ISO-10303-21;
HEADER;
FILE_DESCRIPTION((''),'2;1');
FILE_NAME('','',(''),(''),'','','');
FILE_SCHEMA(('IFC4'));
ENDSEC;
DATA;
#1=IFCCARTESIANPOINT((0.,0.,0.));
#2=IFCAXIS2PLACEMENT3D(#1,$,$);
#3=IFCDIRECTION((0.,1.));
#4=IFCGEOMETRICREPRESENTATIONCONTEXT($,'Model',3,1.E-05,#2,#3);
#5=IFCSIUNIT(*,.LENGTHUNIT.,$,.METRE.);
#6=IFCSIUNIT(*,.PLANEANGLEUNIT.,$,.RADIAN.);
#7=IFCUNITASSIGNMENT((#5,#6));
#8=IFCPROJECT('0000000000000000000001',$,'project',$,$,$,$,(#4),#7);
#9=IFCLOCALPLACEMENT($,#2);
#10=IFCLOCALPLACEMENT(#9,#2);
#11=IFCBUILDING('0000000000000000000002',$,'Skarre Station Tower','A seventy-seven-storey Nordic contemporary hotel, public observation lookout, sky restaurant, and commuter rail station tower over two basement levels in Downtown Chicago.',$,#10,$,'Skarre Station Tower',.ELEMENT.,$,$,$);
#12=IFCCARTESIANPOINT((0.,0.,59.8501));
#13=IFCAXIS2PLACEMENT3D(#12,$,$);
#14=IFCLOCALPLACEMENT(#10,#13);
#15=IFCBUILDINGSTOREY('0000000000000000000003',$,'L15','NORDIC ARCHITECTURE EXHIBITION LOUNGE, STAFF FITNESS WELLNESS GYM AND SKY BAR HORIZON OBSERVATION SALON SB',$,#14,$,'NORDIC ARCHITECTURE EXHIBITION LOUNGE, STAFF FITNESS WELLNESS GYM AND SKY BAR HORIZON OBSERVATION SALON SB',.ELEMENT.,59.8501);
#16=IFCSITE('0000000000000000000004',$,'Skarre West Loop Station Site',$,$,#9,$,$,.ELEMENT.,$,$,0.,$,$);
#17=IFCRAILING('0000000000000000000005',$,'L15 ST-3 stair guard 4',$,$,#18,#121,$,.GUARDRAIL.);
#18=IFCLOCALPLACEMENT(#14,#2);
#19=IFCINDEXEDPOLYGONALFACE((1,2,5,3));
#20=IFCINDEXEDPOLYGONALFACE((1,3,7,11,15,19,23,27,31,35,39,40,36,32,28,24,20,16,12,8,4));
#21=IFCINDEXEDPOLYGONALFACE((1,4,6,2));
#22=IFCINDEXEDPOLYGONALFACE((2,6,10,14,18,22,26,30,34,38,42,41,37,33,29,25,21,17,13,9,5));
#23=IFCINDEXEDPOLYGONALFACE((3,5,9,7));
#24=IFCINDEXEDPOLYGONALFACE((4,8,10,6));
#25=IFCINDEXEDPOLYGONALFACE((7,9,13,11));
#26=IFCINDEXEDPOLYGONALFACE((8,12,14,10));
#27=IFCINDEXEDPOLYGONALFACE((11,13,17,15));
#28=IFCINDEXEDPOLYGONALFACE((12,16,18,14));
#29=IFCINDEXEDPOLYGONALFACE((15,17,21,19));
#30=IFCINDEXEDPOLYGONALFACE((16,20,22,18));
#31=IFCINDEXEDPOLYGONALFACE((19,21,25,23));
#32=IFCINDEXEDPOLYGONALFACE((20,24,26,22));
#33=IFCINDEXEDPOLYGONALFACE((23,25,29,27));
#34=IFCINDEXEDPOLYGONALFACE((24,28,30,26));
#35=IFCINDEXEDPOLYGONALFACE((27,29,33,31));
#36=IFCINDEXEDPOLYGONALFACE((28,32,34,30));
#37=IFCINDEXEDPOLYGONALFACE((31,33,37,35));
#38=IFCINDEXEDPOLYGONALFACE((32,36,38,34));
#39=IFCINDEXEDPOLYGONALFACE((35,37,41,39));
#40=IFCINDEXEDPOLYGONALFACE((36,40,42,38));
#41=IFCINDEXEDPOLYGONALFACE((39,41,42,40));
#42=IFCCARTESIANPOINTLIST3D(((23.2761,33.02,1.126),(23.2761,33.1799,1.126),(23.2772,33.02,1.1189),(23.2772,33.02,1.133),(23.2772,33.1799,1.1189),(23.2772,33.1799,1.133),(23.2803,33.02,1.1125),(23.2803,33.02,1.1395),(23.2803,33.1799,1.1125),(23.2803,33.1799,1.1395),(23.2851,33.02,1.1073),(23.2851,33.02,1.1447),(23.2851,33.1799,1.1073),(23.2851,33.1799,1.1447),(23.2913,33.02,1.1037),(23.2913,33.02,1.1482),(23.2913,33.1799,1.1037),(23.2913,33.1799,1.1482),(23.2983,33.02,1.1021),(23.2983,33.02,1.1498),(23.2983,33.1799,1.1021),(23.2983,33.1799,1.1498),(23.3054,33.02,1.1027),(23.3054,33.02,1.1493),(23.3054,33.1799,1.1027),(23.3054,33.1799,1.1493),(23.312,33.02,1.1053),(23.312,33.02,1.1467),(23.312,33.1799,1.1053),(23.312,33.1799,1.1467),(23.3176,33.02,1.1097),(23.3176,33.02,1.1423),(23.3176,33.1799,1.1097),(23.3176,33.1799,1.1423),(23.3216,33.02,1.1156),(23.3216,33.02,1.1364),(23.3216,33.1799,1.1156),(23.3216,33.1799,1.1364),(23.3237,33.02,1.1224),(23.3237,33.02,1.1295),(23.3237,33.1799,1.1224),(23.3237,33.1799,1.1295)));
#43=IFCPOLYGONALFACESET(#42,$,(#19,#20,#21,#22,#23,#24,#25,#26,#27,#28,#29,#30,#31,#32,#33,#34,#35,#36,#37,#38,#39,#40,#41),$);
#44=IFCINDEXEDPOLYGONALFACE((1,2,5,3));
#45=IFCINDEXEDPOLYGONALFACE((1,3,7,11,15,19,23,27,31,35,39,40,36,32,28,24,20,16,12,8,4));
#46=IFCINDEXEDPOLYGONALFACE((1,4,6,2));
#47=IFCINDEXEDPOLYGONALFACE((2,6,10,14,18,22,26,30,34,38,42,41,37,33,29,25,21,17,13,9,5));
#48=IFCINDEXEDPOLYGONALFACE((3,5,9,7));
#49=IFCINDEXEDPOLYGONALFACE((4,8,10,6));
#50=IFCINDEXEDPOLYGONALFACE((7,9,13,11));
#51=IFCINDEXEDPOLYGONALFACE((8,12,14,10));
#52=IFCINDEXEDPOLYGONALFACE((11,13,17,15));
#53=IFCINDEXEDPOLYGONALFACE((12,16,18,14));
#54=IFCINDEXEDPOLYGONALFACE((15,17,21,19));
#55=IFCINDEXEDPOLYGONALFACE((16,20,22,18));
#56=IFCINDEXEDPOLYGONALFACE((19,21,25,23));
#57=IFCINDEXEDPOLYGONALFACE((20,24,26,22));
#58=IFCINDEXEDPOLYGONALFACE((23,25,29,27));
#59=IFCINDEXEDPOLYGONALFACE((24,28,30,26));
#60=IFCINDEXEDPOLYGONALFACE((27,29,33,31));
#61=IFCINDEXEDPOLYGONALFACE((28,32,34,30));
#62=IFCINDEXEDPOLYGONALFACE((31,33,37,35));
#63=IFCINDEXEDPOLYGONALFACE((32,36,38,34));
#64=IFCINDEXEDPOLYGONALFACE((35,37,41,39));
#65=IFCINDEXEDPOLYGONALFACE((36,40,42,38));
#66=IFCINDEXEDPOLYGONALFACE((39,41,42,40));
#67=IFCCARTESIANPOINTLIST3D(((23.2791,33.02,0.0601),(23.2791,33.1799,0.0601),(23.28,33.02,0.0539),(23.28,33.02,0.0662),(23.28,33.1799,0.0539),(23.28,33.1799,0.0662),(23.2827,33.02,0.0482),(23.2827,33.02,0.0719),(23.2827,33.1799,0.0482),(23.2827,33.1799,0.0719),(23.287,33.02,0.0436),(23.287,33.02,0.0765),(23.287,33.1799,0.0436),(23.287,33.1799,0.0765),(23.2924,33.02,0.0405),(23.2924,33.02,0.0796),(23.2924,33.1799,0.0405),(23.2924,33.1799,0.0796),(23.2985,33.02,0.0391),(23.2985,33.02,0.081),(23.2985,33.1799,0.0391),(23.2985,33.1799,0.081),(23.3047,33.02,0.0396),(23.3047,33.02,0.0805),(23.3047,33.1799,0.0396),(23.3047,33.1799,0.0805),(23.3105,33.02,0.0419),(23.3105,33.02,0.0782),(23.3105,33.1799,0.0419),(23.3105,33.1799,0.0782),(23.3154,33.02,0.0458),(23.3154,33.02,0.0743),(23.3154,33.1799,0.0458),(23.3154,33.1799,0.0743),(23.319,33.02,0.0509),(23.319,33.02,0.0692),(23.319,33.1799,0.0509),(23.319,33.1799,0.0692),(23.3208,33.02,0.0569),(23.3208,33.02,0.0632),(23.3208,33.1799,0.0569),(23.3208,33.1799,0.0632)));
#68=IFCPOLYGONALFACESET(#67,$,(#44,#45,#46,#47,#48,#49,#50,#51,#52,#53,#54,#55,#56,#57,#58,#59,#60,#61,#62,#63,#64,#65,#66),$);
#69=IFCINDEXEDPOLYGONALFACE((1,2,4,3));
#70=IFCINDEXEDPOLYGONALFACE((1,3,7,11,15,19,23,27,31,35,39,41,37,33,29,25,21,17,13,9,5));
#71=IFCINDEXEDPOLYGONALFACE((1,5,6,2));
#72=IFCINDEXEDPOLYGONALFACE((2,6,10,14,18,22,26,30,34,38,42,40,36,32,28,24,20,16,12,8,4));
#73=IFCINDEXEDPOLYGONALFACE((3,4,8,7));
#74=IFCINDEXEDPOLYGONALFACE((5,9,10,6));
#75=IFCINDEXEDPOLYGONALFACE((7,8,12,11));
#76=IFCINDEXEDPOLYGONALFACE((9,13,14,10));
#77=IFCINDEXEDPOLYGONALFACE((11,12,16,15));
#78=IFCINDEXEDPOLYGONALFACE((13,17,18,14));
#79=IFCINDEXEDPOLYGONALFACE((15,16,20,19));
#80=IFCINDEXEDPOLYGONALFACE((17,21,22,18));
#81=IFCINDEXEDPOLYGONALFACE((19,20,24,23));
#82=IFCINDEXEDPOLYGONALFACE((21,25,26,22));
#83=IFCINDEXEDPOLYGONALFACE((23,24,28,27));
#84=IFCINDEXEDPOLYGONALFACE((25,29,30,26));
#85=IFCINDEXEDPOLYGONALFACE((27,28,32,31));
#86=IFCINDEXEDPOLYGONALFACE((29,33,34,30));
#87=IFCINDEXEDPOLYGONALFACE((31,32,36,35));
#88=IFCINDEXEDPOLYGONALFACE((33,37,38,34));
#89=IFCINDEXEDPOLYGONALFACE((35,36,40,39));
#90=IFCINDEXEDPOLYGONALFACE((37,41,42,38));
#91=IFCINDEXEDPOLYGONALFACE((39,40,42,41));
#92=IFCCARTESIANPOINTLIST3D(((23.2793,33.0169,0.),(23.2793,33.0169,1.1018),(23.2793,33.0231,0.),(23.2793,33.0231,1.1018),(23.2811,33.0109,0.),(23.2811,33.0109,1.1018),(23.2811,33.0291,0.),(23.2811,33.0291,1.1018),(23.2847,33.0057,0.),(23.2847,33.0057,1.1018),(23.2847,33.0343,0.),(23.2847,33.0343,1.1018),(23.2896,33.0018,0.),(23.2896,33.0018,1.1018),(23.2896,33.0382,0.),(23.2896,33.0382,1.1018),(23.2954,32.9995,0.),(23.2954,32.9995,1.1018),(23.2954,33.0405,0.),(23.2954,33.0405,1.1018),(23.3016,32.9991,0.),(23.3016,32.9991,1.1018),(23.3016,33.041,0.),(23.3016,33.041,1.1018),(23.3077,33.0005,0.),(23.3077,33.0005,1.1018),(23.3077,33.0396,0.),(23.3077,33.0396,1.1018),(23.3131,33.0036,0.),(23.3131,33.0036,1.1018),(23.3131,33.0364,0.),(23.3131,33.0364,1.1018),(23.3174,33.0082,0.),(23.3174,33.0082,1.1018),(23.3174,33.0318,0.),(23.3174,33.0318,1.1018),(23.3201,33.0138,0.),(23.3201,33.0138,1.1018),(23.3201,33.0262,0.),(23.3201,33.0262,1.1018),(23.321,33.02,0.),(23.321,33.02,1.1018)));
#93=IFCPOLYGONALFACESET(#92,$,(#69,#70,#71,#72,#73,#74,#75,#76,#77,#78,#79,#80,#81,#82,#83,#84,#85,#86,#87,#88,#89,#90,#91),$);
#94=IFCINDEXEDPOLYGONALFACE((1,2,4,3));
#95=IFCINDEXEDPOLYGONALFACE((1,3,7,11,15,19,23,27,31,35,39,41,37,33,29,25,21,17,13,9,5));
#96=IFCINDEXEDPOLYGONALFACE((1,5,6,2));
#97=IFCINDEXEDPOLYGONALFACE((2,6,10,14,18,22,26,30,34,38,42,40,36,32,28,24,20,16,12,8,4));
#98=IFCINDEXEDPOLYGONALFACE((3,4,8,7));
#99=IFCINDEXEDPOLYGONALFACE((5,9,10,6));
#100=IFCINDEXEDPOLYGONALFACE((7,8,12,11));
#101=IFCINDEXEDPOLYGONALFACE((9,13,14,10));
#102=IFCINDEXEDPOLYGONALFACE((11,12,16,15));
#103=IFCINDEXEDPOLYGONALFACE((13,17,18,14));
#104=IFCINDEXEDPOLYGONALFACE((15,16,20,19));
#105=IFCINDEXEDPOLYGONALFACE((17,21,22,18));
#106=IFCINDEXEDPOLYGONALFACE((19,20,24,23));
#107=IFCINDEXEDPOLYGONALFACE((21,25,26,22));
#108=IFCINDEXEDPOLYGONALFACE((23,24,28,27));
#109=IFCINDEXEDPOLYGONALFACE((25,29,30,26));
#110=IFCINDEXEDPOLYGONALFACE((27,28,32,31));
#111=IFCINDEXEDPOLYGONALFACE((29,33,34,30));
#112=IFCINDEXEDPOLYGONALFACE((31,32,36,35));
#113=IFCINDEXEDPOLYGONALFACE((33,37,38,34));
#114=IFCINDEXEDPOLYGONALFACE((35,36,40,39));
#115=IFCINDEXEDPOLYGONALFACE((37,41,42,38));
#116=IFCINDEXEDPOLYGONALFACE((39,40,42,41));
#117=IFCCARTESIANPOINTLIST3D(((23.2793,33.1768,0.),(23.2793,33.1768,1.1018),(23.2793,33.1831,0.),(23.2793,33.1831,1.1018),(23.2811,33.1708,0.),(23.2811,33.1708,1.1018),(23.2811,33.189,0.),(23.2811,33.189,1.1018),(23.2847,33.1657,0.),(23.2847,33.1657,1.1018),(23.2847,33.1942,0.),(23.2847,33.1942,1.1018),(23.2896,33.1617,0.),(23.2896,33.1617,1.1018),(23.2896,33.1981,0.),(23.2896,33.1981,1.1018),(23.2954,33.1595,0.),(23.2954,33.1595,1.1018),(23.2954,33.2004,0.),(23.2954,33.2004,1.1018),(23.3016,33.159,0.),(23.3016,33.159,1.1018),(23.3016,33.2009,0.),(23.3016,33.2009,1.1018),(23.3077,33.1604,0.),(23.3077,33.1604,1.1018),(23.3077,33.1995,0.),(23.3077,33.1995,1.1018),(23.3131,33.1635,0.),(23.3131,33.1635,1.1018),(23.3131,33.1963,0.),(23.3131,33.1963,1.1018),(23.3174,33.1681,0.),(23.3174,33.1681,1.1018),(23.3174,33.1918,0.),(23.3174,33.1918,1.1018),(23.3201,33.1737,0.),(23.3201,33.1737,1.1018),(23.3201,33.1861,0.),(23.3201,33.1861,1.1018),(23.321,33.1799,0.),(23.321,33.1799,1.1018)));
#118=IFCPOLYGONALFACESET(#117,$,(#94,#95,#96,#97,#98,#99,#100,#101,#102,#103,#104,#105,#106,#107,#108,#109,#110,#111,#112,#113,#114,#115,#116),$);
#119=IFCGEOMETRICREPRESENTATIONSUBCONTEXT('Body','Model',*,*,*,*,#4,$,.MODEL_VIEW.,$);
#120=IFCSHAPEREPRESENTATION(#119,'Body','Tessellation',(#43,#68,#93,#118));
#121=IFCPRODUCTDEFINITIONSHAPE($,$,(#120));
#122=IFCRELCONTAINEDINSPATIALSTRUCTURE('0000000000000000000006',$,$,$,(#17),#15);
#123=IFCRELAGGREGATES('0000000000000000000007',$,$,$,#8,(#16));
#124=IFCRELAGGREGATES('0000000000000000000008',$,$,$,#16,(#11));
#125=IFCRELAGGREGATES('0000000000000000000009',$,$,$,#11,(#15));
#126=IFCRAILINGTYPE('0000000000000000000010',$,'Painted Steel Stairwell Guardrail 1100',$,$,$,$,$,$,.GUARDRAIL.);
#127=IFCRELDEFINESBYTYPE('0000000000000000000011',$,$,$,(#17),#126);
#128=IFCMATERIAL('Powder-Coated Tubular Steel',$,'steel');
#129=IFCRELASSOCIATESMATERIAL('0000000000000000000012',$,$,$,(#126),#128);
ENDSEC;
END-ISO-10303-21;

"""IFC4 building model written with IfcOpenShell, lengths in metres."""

from ifc_helpers import new_model, si_unit, direction, frame, origin, origin_2d, place, context, subcontext, project, spatial, circle, extrude, material, type_object, element, save


model = new_model("IFC4")

# Units and contexts
model_context = context("Model", 3, precision=1e-05, world=origin(), true_north=direction((0.0, 1.0)))
body_context = subcontext(model_context, "Body", "Model", "MODEL_VIEW")
ifc_project = project(units=[si_unit("LENGTHUNIT", "METRE"), si_unit("PLANEANGLEUNIT", "RADIAN")], contexts=[model_context])

# Site, building, storey
site_placement = place(None, origin())
site = spatial("IfcSite", under=ifc_project, at=site_placement, Name="Skarre West Loop Station Site", CompositionType="ELEMENT", RefElevation=0.0)
building_placement = place(site_placement, origin())
building = spatial("IfcBuilding", under=site, at=building_placement, Name="Skarre Station Tower", Description="A seventy-seven-storey Nordic contemporary hotel, public observation lookout, sky restaurant, and commuter rail station tower over two basement levels in Downtown Chicago.", LongName="Skarre Station Tower", CompositionType="ELEMENT")
storey_placement = place(building_placement, frame((0.0, 0.0, 59.8501)))
storey = spatial("IfcBuildingStorey", under=building, at=storey_placement, Name="L15", Description="NORDIC ARCHITECTURE EXHIBITION LOUNGE, STAFF FITNESS WELLNESS GYM AND SKY BAR HORIZON OBSERVATION SALON SB", LongName="NORDIC ARCHITECTURE EXHIBITION LOUNGE, STAFF FITNESS WELLNESS GYM AND SKY BAR HORIZON OBSERVATION SALON SB", CompositionType="ELEMENT", Elevation=59.8501)

# Railing
ifc_material_1 = material(Name="Powder-Coated Tubular Steel", Category="steel")
railing_type_1 = type_object("IfcRailingType", Name="Painted Steel Stairwell Guardrail 1100", PredefinedType="GUARDRAIL", material=ifc_material_1)
railing_1_placement = place(storey_placement, frame((23.3, 33.02, 0.0)))
element("IfcRailing", 1, at=railing_1_placement, inside=storey, type_object=railing_type_1, Name="L15 ST-3 stair guard 4", PredefinedType="GUARDRAIL", context=body_context, shape_type="SweptSolid", body=[
    extrude(circle(Radius=0.0239, at=origin_2d()), frame((0.0, 0.0, 1.126), z_axis=(0.0, 1.0, 0.0), x_axis=(-1.0, 0.0, 0.0)), (0.0, 0.0, 1.0), 0.1599),
    extrude(circle(Radius=0.021, at=origin_2d()), frame((0.0, 0.0, 0.0601), z_axis=(0.0, 1.0, 0.0), x_axis=(-1.0, 0.0, 0.0)), (0.0, 0.0, 1.0), 0.1599),
    extrude(circle(Radius=0.021, at=origin_2d()), origin(), (0.0, 0.0, 1.0), 1.1018),
    extrude(circle(Radius=0.021, at=origin_2d()), frame((0.0, 0.1599, 0.0)), (0.0, 0.0, 1.0), 1.1018),
])

save(model, "model.ifc")
